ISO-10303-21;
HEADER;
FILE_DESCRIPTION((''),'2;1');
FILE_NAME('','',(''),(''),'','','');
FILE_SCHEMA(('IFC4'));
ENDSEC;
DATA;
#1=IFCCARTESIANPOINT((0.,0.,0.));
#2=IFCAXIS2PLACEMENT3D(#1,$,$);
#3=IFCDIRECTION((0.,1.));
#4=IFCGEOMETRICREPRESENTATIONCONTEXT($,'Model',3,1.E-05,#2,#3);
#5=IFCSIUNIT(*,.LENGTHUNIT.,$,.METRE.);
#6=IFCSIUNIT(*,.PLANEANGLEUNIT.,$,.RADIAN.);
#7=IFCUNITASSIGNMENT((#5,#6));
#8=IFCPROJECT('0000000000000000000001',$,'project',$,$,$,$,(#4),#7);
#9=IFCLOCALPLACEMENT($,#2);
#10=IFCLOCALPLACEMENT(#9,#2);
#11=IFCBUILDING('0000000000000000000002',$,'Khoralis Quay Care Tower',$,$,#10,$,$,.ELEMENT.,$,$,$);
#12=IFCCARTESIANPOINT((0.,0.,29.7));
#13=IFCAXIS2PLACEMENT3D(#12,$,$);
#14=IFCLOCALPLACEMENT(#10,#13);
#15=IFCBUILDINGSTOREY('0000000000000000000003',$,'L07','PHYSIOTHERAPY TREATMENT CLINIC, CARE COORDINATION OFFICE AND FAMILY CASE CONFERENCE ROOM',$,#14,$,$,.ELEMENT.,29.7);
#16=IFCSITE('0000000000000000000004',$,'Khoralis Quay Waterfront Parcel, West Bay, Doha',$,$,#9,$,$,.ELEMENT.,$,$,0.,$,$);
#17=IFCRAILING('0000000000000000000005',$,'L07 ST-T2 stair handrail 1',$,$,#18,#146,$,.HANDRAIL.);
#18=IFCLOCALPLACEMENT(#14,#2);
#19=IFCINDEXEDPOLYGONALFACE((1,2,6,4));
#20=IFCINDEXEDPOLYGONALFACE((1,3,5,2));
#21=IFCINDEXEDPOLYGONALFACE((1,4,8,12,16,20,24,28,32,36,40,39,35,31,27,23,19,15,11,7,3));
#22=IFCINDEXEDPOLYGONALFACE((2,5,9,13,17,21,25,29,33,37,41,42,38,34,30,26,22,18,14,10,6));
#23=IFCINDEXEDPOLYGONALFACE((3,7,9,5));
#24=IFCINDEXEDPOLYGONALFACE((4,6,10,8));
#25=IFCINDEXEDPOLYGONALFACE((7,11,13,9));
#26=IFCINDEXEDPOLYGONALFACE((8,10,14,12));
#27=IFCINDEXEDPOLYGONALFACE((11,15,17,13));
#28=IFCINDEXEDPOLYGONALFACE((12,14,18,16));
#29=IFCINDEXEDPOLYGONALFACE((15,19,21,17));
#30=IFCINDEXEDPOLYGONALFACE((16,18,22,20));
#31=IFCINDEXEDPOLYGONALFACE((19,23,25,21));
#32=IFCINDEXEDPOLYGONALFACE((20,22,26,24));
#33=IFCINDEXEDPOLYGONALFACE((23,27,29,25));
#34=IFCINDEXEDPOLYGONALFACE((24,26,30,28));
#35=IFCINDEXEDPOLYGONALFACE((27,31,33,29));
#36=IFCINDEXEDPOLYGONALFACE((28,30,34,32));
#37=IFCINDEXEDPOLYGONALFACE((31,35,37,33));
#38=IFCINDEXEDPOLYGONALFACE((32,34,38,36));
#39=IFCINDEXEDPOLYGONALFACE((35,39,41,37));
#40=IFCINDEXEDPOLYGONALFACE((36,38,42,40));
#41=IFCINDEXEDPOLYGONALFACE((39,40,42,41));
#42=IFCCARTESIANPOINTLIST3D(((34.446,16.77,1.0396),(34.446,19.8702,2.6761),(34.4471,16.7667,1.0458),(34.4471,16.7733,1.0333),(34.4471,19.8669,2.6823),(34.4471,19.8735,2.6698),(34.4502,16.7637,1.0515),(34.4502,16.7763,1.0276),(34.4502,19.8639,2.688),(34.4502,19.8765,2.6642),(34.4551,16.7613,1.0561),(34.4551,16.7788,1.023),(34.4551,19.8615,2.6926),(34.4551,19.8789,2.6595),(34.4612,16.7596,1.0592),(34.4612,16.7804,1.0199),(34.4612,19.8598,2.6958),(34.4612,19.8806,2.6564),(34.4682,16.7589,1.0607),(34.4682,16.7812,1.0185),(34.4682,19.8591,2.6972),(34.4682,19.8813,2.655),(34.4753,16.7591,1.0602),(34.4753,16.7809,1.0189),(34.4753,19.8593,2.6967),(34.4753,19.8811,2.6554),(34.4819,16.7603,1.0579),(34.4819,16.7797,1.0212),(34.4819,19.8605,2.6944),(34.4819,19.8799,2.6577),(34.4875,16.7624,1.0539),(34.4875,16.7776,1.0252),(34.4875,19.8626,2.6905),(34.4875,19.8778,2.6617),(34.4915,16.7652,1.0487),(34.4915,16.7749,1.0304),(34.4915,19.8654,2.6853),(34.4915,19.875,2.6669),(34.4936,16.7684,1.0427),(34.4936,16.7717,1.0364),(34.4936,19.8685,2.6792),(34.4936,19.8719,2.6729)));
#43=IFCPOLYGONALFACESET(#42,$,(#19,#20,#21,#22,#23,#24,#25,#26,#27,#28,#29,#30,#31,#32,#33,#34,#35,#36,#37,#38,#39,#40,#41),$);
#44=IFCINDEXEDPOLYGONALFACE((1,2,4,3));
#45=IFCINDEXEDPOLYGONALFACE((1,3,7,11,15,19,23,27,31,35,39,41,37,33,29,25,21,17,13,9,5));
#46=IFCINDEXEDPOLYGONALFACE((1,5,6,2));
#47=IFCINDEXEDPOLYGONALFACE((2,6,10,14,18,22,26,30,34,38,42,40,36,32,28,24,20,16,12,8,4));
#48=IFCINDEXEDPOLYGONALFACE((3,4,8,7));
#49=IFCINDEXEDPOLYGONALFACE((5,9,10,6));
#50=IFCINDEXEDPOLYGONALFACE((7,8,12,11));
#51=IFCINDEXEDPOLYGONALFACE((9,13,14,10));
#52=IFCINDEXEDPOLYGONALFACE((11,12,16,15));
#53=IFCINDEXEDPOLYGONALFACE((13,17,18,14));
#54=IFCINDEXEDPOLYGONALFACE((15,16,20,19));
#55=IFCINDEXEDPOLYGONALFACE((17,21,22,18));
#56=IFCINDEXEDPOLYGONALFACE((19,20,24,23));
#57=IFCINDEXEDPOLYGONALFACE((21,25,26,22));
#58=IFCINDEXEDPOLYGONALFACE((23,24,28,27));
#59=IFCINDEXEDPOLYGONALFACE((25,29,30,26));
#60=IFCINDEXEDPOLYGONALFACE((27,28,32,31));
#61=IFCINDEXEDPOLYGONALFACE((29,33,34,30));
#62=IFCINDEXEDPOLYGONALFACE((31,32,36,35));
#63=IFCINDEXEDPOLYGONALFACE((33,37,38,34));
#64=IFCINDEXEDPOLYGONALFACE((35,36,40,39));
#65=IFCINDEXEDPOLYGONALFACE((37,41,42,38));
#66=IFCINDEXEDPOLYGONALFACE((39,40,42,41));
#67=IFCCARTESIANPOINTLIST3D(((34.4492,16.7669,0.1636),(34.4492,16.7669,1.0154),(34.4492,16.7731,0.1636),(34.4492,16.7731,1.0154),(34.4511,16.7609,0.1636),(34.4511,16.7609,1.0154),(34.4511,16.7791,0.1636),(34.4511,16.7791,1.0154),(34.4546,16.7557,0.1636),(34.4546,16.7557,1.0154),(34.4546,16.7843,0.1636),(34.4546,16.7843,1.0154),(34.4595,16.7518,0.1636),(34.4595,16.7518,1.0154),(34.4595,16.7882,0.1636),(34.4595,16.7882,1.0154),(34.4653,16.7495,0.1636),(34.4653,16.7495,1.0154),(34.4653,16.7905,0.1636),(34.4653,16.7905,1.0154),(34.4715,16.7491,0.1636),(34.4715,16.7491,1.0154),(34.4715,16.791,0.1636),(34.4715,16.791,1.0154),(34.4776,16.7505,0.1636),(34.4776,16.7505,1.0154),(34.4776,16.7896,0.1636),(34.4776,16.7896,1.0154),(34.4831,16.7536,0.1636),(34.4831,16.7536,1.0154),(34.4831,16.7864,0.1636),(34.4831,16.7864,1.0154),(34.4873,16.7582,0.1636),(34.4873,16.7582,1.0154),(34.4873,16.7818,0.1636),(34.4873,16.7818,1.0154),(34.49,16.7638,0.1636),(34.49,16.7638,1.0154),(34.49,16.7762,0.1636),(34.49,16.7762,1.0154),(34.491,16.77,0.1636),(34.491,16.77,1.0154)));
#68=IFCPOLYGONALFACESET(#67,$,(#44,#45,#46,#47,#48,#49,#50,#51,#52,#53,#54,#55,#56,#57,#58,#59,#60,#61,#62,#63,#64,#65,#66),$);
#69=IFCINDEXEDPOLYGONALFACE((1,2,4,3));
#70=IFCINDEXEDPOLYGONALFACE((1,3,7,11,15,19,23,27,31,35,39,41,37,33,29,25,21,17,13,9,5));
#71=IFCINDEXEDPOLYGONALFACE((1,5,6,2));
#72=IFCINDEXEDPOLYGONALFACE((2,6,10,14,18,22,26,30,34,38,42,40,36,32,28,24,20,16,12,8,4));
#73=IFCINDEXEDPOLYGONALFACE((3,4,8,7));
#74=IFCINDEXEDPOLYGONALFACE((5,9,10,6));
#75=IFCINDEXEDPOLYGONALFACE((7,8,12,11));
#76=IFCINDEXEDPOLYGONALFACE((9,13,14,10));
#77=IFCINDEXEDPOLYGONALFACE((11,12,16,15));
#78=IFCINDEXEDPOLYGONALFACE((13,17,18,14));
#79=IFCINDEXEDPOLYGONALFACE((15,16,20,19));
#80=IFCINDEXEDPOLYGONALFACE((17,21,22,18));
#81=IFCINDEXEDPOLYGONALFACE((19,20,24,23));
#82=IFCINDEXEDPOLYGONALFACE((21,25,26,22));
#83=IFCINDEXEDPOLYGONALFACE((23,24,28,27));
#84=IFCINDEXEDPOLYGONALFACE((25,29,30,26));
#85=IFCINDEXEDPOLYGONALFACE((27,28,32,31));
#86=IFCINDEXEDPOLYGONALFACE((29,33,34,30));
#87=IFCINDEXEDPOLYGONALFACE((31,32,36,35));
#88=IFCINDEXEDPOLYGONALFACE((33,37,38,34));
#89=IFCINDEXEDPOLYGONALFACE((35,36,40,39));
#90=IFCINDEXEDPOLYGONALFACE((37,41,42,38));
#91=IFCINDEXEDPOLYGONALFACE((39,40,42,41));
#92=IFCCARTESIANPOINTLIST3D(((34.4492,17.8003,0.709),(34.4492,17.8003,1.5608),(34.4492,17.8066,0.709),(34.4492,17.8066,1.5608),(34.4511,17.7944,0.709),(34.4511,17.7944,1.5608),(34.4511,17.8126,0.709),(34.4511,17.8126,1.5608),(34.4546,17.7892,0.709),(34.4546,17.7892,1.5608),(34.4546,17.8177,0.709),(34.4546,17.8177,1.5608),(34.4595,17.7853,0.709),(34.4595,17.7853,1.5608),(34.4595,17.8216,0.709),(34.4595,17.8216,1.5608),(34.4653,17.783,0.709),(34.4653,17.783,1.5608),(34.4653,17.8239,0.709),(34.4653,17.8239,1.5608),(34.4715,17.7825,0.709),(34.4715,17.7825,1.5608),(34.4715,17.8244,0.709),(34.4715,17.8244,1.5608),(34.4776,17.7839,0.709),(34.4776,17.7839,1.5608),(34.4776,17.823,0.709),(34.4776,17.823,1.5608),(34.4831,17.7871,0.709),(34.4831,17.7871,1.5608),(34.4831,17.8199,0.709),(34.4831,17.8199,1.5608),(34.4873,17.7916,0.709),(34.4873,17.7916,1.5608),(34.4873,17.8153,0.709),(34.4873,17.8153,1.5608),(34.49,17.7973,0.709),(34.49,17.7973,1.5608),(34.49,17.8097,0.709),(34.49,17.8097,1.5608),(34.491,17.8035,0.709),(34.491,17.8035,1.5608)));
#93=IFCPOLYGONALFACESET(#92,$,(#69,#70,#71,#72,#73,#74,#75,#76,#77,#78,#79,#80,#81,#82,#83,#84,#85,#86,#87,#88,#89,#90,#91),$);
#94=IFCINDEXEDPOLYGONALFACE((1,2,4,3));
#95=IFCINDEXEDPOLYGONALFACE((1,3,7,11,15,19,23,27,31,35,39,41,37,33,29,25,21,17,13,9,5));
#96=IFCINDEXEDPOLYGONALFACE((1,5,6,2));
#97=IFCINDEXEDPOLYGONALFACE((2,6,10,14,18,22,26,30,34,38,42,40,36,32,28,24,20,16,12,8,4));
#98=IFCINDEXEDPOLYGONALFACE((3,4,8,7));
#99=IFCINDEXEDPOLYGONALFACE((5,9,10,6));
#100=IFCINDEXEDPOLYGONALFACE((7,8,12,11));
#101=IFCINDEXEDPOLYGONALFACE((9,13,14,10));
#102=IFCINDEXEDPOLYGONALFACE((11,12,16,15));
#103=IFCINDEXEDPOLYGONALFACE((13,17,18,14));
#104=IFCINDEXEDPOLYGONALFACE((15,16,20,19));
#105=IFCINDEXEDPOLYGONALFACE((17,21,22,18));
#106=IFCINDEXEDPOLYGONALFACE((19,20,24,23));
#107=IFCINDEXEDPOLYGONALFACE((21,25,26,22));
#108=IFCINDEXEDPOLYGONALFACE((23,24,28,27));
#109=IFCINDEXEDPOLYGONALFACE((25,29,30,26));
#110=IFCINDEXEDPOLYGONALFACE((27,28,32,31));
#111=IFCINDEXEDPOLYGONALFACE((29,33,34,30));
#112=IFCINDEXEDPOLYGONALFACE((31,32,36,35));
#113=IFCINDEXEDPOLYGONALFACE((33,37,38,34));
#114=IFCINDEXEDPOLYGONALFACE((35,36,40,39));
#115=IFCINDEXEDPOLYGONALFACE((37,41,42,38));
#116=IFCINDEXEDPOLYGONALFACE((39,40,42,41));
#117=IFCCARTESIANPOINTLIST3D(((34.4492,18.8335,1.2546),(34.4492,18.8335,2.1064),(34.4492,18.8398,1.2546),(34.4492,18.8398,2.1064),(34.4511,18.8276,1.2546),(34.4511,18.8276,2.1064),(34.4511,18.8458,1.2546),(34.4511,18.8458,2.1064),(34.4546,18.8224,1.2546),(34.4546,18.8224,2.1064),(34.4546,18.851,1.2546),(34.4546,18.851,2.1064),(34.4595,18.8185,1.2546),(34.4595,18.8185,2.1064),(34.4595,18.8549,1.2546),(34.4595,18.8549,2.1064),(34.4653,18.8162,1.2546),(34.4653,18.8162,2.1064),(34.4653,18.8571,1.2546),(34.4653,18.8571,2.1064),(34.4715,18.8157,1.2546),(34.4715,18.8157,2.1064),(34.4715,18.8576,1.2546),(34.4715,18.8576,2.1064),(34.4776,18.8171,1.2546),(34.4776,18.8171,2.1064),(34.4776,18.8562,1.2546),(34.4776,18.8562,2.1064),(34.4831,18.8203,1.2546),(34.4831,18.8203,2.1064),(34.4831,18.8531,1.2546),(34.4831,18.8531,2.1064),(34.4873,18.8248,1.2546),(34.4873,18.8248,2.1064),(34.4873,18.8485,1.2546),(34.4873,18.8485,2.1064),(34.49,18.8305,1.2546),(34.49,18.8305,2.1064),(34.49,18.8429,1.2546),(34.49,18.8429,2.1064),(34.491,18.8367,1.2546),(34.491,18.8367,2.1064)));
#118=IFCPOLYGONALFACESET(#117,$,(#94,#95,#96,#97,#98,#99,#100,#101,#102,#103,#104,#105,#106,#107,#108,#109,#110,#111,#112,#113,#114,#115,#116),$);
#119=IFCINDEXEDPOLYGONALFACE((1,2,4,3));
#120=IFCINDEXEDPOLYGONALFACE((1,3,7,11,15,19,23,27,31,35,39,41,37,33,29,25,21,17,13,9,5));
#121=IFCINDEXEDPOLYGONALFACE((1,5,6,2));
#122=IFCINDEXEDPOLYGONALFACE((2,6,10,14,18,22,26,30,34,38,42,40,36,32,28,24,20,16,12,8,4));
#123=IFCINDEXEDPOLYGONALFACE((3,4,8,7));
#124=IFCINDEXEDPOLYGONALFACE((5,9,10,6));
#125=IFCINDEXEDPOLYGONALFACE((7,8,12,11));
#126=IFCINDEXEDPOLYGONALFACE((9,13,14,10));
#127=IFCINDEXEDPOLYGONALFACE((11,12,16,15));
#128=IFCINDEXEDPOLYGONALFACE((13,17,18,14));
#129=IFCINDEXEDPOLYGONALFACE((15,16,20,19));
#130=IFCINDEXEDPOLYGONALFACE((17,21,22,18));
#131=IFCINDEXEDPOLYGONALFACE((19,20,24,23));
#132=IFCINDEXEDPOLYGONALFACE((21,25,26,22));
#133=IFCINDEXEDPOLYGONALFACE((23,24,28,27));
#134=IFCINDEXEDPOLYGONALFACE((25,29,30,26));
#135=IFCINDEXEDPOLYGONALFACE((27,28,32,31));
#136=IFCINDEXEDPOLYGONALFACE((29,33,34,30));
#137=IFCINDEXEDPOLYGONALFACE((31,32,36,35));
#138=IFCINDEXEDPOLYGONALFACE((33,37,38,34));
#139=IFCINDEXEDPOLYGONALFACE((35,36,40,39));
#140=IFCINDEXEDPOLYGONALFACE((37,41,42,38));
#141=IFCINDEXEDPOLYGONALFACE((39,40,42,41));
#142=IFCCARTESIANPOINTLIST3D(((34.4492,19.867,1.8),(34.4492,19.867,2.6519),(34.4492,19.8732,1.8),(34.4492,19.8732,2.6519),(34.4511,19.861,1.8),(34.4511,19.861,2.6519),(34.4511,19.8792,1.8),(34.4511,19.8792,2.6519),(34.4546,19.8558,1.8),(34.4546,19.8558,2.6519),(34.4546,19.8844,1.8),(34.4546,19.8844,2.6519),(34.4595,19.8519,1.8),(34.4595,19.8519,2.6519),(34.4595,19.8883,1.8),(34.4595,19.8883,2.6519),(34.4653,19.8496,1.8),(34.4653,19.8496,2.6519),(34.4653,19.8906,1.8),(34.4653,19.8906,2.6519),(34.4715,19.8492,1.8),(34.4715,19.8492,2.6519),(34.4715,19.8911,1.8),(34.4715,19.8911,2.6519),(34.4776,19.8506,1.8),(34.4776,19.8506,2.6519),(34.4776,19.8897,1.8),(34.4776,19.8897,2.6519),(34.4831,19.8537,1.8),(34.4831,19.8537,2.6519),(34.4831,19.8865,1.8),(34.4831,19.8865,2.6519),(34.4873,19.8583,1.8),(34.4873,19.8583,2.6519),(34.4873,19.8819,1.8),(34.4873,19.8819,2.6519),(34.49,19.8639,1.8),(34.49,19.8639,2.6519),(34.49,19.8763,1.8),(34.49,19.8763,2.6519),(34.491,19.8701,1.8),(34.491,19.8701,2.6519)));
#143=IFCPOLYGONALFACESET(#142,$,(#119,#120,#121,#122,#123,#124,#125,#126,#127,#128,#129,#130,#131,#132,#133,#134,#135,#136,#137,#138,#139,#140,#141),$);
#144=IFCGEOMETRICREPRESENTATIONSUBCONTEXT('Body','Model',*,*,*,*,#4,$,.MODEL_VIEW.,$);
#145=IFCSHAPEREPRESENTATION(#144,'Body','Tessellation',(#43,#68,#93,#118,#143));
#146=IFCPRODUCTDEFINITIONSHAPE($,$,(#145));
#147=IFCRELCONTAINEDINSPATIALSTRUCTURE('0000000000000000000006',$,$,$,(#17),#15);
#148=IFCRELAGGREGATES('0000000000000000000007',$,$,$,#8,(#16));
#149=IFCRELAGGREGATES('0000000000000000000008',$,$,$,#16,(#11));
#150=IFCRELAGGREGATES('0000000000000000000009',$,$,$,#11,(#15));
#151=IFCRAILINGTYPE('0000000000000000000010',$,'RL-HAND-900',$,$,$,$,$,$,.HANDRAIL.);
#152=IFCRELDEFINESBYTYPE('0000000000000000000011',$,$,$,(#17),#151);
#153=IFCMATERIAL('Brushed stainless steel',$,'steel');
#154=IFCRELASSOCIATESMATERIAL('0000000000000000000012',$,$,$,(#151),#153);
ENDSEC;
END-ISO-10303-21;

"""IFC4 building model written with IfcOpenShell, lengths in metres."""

from ifc_helpers import new_model, si_unit, direction, frame, origin, origin_2d, place, context, subcontext, project, spatial, circle, extrude, material, type_object, element, save


model = new_model("IFC4")

# Units and contexts
model_context = context("Model", 3, precision=1e-05, world=origin(), true_north=direction((0.0, 1.0)))
body_context = subcontext(model_context, "Body", "Model", "MODEL_VIEW")
ifc_project = project(units=[si_unit("LENGTHUNIT", "METRE"), si_unit("PLANEANGLEUNIT", "RADIAN")], contexts=[model_context])

# Site, building, storey
site_placement = place(None, origin())
site = spatial("IfcSite", under=ifc_project, at=site_placement, Name="Khoralis Quay Waterfront Parcel, West Bay, Doha", CompositionType="ELEMENT", RefElevation=0.0)
building_placement = place(site_placement, origin())
building = spatial("IfcBuilding", under=site, at=building_placement, Name="Khoralis Quay Care Tower", CompositionType="ELEMENT")
storey_placement = place(building_placement, frame((0.0, 0.0, 29.7)))
storey = spatial("IfcBuildingStorey", under=building, at=storey_placement, Name="L07", Description="PHYSIOTHERAPY TREATMENT CLINIC, CARE COORDINATION OFFICE AND FAMILY CASE CONFERENCE ROOM", CompositionType="ELEMENT", Elevation=29.7)

# Shared definitions
ifc_material_1 = material(Name="Brushed stainless steel", Category="steel")

# Railing
railing_type_1 = type_object("IfcRailingType", Name="RL-HAND-900", PredefinedType="HANDRAIL", material=ifc_material_1)
railing_1_placement = place(storey_placement, frame((34.47, 16.77, 0.1636)))
element("IfcRailing", 1, at=railing_1_placement, inside=storey, type_object=railing_type_1, Name="L07 ST-T2 stair handrail 1", PredefinedType="HANDRAIL", context=body_context, shape_type="SweptSolid", body=[
    extrude(circle(Radius=0.0239, at=origin_2d()), frame((0.0, 0.0, 0.876), z_axis=(0.0, 0.884348, 0.466828), x_axis=(-1.0, 0.0, 0.0)), (0.0, 0.0, 1.0), 3.5056),
    extrude(circle(Radius=0.021, at=origin_2d()), origin(), (0.0, 0.0, 1.0), 0.8518),
    extrude(circle(Radius=0.021, at=origin_2d()), frame((0.0, 1.0334, 0.5454)), (0.0, 0.0, 1.0), 0.8518),
    extrude(circle(Radius=0.021, at=origin_2d()), frame((0.0, 2.0667, 1.0911)), (0.0, 0.0, 1.0), 0.8518),
    extrude(circle(Radius=0.021, at=origin_2d()), frame((0.0, 3.1001, 1.6365)), (0.0, 0.0, 1.0), 0.8518),
])

save(model, "model.ifc")
